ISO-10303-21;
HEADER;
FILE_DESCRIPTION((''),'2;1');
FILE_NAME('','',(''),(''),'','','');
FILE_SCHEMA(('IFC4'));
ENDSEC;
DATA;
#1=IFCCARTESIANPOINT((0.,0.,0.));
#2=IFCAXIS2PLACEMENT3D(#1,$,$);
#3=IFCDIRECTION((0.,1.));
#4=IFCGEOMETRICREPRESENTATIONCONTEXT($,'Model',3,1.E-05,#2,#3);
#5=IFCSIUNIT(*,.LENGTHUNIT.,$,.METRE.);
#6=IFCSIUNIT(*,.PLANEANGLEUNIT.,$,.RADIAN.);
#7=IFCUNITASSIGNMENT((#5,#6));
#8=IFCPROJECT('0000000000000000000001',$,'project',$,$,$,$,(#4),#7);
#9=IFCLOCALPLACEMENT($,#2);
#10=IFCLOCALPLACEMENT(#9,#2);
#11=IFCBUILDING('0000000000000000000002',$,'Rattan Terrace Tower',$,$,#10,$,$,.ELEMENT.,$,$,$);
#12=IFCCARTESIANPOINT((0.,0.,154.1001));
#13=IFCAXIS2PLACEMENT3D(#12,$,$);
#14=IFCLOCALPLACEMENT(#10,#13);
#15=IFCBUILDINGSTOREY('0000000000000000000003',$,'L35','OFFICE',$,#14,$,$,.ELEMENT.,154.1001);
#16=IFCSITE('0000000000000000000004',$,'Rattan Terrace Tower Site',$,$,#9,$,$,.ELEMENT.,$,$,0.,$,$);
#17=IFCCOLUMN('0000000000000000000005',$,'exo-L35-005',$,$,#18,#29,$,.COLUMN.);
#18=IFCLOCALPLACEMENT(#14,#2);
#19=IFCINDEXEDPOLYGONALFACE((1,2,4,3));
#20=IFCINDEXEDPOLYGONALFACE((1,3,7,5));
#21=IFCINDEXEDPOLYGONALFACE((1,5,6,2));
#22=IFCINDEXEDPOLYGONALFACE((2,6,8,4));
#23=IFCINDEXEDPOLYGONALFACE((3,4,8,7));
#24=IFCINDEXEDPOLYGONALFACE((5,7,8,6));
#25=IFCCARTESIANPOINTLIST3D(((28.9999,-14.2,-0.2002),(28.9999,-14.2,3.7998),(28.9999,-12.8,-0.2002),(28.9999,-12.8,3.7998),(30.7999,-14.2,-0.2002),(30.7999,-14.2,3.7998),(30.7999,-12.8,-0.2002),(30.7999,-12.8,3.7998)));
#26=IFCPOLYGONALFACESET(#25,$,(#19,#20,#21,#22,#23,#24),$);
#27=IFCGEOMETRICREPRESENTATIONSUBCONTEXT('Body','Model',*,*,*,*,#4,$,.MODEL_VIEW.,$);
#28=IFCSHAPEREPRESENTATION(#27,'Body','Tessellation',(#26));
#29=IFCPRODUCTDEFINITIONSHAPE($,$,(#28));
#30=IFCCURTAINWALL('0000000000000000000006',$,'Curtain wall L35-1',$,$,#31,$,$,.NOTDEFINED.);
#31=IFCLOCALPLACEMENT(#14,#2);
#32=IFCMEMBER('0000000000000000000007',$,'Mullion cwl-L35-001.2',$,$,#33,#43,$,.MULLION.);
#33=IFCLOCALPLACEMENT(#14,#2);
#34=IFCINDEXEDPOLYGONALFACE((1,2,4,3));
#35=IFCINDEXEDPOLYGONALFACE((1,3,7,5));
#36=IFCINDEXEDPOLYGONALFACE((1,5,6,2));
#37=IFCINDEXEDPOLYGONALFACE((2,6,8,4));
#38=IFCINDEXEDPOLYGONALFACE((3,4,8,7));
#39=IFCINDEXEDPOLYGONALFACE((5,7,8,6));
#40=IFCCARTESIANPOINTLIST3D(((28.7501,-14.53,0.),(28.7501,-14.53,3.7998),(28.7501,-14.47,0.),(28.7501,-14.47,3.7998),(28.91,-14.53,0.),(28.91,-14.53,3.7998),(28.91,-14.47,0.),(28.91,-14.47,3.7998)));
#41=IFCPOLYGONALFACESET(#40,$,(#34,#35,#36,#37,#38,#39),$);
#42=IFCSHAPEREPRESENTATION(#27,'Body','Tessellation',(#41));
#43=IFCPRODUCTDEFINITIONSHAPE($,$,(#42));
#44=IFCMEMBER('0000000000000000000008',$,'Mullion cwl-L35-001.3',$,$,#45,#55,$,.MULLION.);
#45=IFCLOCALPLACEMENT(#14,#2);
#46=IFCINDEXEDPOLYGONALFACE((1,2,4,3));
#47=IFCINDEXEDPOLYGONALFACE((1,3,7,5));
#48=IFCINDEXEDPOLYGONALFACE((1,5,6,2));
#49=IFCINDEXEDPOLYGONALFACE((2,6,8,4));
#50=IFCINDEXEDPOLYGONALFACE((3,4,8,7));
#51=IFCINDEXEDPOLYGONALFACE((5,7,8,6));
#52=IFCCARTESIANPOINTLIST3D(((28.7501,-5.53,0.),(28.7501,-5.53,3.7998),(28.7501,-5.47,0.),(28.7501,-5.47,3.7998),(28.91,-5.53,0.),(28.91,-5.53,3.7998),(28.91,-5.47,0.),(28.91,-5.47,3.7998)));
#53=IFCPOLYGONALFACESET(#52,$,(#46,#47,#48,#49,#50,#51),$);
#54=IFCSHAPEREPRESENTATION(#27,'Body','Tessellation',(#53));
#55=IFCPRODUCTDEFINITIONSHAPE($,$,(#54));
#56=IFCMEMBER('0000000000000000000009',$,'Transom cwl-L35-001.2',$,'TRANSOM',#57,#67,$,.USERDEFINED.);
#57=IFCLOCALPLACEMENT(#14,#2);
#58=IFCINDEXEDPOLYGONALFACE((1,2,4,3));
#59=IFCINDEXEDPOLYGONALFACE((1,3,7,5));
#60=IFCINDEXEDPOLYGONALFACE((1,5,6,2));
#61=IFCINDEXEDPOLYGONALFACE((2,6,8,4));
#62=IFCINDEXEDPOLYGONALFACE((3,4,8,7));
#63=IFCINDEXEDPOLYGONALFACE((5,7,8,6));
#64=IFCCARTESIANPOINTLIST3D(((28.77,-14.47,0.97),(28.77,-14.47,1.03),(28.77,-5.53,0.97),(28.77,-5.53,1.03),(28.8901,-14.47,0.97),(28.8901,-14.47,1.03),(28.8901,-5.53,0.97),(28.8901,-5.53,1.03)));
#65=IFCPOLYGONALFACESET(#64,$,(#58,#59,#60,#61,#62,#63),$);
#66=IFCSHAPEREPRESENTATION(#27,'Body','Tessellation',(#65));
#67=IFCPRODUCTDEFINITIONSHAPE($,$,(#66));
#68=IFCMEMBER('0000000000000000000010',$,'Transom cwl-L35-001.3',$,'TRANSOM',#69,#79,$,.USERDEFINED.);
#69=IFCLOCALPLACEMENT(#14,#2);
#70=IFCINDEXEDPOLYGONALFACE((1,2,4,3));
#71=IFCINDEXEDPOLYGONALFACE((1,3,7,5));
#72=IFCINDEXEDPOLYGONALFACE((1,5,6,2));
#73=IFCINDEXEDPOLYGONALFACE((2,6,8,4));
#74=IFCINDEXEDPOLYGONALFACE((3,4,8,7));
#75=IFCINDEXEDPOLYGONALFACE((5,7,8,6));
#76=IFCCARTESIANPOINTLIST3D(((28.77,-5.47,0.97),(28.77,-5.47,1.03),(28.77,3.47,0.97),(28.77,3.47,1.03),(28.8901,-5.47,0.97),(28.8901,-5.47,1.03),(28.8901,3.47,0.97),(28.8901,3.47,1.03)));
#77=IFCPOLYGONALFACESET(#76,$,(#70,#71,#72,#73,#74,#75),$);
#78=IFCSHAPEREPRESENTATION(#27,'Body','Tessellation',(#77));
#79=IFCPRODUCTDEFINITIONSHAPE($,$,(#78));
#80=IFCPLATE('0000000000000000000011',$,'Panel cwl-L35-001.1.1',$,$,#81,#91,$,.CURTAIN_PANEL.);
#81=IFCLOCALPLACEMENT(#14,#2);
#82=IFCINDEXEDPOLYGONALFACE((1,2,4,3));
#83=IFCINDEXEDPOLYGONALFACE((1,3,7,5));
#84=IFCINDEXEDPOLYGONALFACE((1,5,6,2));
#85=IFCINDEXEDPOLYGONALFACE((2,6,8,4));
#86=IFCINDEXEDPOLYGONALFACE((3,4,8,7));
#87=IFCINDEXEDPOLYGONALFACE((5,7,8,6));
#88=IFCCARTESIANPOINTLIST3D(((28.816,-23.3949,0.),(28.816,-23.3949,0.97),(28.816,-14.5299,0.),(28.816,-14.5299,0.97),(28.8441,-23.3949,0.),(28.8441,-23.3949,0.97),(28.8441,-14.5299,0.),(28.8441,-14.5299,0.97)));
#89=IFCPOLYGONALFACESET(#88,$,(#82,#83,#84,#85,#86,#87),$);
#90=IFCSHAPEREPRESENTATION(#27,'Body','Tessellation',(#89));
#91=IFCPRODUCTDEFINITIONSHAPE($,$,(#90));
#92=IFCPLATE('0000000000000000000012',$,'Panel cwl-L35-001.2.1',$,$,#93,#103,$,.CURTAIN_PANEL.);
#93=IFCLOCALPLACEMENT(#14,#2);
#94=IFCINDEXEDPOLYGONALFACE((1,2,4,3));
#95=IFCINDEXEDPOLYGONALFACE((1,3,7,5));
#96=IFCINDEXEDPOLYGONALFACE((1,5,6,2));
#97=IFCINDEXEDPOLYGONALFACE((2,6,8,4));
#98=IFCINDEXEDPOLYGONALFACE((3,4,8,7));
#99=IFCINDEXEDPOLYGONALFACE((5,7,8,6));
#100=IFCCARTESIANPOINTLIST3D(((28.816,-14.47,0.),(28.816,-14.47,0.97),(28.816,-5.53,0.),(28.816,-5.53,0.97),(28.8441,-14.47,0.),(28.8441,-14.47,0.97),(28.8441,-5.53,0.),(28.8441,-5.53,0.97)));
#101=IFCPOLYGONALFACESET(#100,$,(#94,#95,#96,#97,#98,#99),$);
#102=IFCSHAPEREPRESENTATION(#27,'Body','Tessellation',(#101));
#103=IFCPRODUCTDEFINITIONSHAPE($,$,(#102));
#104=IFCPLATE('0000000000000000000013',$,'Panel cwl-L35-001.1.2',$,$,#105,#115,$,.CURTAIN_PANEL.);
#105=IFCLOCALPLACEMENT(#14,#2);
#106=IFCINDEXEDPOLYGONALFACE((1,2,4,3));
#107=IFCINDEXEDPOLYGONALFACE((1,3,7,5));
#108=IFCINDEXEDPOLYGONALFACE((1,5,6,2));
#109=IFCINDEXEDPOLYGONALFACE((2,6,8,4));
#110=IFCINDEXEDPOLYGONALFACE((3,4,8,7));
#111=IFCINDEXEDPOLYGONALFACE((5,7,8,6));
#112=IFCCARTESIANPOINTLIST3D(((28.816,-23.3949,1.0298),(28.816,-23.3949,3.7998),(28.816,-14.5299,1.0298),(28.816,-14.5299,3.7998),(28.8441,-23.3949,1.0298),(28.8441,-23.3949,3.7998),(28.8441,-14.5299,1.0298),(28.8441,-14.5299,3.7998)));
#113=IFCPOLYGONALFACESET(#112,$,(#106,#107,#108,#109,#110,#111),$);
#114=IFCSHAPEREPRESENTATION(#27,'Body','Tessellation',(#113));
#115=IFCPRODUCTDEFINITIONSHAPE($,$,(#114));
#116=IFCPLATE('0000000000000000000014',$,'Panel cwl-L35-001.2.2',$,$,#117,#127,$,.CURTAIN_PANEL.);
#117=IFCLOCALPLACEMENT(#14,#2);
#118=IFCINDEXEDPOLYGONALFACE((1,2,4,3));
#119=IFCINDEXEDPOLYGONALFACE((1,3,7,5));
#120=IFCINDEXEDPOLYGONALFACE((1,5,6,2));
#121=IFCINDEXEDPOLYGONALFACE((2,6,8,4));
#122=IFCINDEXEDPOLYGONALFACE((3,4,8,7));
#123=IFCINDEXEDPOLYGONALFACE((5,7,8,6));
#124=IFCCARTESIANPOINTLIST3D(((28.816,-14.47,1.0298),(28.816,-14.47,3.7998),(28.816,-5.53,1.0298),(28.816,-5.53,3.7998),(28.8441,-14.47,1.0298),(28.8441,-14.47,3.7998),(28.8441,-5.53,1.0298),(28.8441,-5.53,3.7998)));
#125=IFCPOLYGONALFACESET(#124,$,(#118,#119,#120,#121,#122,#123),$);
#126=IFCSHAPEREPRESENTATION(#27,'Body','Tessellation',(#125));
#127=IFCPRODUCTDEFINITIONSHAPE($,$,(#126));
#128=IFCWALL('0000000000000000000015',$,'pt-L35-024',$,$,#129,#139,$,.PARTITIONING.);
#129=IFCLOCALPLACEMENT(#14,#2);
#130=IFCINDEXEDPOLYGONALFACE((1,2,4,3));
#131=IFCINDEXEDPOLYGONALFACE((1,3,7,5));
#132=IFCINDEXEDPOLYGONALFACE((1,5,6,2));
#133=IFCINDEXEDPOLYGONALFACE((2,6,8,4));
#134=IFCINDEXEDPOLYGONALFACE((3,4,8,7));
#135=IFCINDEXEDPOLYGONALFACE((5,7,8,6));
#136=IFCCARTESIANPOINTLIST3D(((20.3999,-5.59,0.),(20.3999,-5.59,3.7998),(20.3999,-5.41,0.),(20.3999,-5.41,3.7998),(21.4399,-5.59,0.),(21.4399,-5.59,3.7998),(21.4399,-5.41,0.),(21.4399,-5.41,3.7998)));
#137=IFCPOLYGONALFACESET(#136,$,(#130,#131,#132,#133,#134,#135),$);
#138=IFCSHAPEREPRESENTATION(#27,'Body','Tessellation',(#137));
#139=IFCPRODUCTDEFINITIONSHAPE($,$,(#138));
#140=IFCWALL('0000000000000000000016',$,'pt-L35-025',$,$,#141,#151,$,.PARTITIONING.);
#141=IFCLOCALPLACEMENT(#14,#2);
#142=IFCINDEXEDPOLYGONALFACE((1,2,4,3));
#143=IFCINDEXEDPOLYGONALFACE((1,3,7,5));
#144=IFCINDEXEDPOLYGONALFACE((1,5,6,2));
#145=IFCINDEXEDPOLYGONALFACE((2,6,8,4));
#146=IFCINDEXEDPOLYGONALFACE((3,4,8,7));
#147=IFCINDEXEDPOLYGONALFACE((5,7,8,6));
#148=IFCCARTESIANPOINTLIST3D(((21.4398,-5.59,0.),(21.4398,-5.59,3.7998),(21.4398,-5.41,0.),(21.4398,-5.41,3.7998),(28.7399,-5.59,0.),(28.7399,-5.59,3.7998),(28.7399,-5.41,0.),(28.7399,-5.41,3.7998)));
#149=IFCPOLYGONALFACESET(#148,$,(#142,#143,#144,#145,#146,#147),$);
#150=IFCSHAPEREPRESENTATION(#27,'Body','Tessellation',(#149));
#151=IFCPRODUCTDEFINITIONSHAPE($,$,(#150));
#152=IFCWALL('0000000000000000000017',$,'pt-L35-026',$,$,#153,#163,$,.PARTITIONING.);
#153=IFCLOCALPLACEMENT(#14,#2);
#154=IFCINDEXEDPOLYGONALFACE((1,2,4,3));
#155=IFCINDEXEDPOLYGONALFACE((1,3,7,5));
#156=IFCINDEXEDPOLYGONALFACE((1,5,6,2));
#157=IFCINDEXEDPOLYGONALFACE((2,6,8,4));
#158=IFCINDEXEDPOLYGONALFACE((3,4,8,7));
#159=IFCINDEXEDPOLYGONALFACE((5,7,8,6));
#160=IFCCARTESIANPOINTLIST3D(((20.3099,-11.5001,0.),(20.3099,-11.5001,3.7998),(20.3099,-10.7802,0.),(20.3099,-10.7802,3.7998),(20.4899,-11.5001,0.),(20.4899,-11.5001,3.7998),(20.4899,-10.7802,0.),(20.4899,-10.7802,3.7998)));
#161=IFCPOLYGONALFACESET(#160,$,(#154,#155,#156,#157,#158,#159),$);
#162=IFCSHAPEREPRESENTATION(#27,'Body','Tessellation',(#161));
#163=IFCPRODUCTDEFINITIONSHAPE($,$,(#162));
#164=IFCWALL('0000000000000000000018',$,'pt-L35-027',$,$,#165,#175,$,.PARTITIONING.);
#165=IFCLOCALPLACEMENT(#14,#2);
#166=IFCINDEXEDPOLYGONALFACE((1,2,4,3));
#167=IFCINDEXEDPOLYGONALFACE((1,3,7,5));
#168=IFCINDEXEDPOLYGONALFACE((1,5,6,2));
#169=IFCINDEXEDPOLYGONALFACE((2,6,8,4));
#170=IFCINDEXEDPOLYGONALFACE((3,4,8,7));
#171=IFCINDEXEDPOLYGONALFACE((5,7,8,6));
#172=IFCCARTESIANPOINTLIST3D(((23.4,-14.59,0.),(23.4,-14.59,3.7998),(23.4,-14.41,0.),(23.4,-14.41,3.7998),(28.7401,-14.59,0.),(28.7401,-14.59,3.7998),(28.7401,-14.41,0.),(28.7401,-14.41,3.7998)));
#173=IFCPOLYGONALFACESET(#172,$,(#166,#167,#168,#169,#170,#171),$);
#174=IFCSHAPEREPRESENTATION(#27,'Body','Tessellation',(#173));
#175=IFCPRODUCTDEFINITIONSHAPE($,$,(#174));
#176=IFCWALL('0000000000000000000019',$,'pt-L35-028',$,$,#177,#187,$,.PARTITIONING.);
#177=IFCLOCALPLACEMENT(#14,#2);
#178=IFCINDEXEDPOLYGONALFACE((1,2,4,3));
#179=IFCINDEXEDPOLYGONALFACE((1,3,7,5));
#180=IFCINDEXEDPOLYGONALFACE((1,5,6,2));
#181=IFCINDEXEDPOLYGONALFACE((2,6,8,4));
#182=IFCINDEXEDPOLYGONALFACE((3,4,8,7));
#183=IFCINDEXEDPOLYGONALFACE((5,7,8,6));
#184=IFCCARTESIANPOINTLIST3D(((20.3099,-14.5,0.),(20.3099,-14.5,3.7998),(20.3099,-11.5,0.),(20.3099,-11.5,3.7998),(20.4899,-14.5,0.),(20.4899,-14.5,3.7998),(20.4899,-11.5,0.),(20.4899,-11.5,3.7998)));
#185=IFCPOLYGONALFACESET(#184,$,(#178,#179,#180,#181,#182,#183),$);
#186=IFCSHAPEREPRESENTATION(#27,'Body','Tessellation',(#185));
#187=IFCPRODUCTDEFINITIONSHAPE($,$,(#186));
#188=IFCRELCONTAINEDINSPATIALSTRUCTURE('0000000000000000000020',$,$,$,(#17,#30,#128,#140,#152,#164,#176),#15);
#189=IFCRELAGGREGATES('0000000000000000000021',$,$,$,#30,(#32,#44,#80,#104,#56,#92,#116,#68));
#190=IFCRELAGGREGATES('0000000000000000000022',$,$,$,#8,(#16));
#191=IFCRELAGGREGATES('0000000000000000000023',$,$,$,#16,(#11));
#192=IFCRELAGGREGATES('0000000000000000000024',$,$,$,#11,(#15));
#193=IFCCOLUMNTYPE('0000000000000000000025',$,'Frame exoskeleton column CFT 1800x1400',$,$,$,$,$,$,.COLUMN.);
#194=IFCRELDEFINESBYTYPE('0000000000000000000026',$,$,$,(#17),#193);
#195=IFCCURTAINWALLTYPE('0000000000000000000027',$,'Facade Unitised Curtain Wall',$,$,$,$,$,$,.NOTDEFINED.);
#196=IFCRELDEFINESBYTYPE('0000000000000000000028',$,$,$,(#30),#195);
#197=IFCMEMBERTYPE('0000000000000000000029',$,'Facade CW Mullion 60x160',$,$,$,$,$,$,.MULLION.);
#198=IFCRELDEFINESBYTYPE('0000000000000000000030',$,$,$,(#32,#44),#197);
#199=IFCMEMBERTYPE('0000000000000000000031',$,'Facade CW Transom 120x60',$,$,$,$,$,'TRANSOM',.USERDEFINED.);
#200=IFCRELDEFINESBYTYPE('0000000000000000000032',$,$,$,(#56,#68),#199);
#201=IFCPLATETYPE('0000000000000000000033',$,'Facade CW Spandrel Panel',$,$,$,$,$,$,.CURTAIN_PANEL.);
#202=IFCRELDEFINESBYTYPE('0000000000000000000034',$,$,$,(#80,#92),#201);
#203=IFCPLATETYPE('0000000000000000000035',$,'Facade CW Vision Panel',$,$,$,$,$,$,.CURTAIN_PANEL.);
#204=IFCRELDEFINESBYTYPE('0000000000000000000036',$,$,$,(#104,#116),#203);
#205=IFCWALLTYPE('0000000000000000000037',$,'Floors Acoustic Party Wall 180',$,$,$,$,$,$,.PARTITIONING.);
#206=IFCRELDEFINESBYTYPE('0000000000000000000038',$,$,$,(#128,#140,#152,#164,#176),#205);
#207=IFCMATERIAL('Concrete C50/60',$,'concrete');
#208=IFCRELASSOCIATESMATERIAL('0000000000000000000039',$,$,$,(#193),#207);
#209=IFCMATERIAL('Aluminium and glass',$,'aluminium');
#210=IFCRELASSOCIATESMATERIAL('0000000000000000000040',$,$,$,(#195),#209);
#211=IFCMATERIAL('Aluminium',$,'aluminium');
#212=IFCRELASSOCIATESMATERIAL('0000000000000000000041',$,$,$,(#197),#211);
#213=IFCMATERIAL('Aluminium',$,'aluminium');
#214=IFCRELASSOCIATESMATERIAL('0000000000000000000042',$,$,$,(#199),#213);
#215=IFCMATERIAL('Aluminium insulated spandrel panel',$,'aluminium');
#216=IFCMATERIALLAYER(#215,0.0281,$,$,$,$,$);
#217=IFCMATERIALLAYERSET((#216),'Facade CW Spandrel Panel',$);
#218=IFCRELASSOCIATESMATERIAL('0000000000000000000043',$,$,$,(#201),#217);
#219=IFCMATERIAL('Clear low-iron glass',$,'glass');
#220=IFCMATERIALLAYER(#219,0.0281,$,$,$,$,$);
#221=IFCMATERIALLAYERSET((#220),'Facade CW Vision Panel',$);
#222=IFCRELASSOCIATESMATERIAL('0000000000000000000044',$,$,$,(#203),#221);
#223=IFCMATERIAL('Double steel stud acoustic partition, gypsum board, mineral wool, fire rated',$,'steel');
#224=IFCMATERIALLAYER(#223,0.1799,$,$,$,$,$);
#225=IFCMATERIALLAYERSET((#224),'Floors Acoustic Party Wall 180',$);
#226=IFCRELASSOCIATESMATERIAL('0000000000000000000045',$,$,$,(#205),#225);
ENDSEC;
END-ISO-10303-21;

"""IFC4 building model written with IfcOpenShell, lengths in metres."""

from ifc_helpers import new_model, si_unit, direction, frame, frame_2d, origin, origin_2d, place, context, subcontext, project, spatial, rectangle, extrude, material, layer, layer_set, material_profile, profile_set, type_object, element, aggregate, save


model = new_model("IFC4")

# Units and contexts
model_context = context("Model", 3, precision=1e-05, world=origin(), true_north=direction((0.0, 1.0)))
body_context = subcontext(model_context, "Body", "Model", "MODEL_VIEW")
ifc_project = project(units=[si_unit("LENGTHUNIT", "METRE"), si_unit("PLANEANGLEUNIT", "RADIAN")], contexts=[model_context])

# Site, building, storey
site_placement = place(None, origin())
site = spatial("IfcSite", under=ifc_project, at=site_placement, Name="Rattan Terrace Tower Site", CompositionType="ELEMENT", RefElevation=0.0)
building_placement = place(site_placement, origin())
building = spatial("IfcBuilding", under=site, at=building_placement, Name="Rattan Terrace Tower", CompositionType="ELEMENT")
storey_placement = place(building_placement, frame((0.0, 0.0, 154.1001)))
storey = spatial("IfcBuildingStorey", under=building, at=storey_placement, Name="L35", Description="OFFICE", CompositionType="ELEMENT", Elevation=154.1001)

# Column
ifc_material_1 = material(Name="Concrete C50/60", Category="concrete")
ifc_material_profile_1 = material_profile(ifc_material_1, rectangle(XDim=1.3999, YDim=1.8, at=origin_2d()), Name="CFT 1800x1400")
ifc_profile_set_1 = profile_set([ifc_material_profile_1], Name="Concrete C50/60")
column_type = type_object("IfcColumnType", Name="Frame exoskeleton column CFT 1800x1400", PredefinedType="COLUMN", material=ifc_profile_set_1)
column_placement = place(storey_placement, frame((29.8999, -13.5, -0.2002), z_axis=(0.0, 0.0, 1.0), x_axis=(0.0, 1.0, 0.0)))
element("IfcColumn", 1, at=column_placement, inside=storey, type_object=column_type, Name="exo-L35-005", PredefinedType="COLUMN", context=body_context, shape_type="SweptSolid", body=[
    extrude(rectangle(XDim=1.3999, YDim=1.8, at=origin_2d()), origin(), (0.0, 0.0, 1.0), 4.0),
])

# Curtain wall, members, plates
ifc_material_2 = material(Name="Aluminium and glass", Category="aluminium")
curtain_wall_type = type_object("IfcCurtainWallType", Name="Facade Unitised Curtain Wall", PredefinedType="NOTDEFINED", material=ifc_material_2)
curtain_wall_placement = place(storey_placement, origin())
curtain_wall = element("IfcCurtainWall", 2, at=curtain_wall_placement, inside=storey, type_object=curtain_wall_type, Name="Curtain wall L35-1", PredefinedType="NOTDEFINED")
ifc_material_3 = material(Name="Aluminium", Category="aluminium")
ifc_material_profile_2 = material_profile(ifc_material_3, rectangle(XDim=0.0601, YDim=0.1599, at=origin_2d()), Name="Aluminium 60x160")
ifc_profile_set_2 = profile_set([ifc_material_profile_2], Name="Aluminium")
member_type_1 = type_object("IfcMemberType", Name="Facade CW Mullion 60x160", PredefinedType="MULLION", material=ifc_profile_set_2)
member_1_placement = place(storey_placement, frame((28.8301, -14.5, 0.0), z_axis=(0.0, 0.0, 1.0), x_axis=(0.0, 1.0, 0.0)))
member_1 = element("IfcMember", 3, at=member_1_placement, type_object=member_type_1, Name="Mullion cwl-L35-001.2", PredefinedType="MULLION", context=body_context, shape_type="SweptSolid", body=[
    extrude(rectangle(XDim=0.0601, YDim=0.1599, at=origin_2d()), origin(), (0.0, 0.0, 1.0), 3.7998),
])
member_2_placement = place(storey_placement, frame((28.8301, -5.5, 0.0), z_axis=(0.0, 0.0, 1.0), x_axis=(0.0, 1.0, 0.0)))
member_2 = element("IfcMember", 4, at=member_2_placement, type_object=member_type_1, Name="Mullion cwl-L35-001.3", PredefinedType="MULLION", context=body_context, shape_type="SweptSolid", body=[
    extrude(rectangle(XDim=0.0601, YDim=0.1599, at=origin_2d()), origin(), (0.0, 0.0, 1.0), 3.7998),
])
ifc_material_4 = material(Name="Aluminium", Category="aluminium")
ifc_material_profile_3 = material_profile(ifc_material_4, rectangle(XDim=0.1201, YDim=0.0601, at=origin_2d()), Name="Aluminium 120x60")
ifc_profile_set_3 = profile_set([ifc_material_profile_3], Name="Aluminium")
member_type_2 = type_object("IfcMemberType", Name="Facade CW Transom 120x60", ElementType="TRANSOM", PredefinedType="USERDEFINED", material=ifc_profile_set_3)
member_3_placement = place(storey_placement, frame((28.8301, -14.47, 1.0), z_axis=(0.0, 1.0, 0.0), x_axis=(-1.0, 0.0, 0.0)))
member_3 = element("IfcMember", 5, at=member_3_placement, type_object=member_type_2, Name="Transom cwl-L35-001.2", ObjectType="TRANSOM", PredefinedType="USERDEFINED", context=body_context, shape_type="SweptSolid", body=[
    extrude(rectangle(XDim=0.1201, YDim=0.0601, at=origin_2d()), origin(), (0.0, 0.0, 1.0), 8.9399),
])
member_4_placement = place(storey_placement, frame((28.8301, -5.47, 1.0), z_axis=(0.0, 1.0, 0.0), x_axis=(-1.0, 0.0, 0.0)))
member_4 = element("IfcMember", 6, at=member_4_placement, type_object=member_type_2, Name="Transom cwl-L35-001.3", ObjectType="TRANSOM", PredefinedType="USERDEFINED", context=body_context, shape_type="SweptSolid", body=[
    extrude(rectangle(XDim=0.1201, YDim=0.0601, at=origin_2d()), origin(), (0.0, 0.0, 1.0), 8.9399),
])
ifc_material_5 = material(Name="Aluminium insulated spandrel panel", Category="aluminium")
ifc_layer_1 = layer(ifc_material_5, 0.0281)
ifc_layer_set_1 = layer_set([ifc_layer_1], Name="Facade CW Spandrel Panel")
plate_type_1 = type_object("IfcPlateType", Name="Facade CW Spandrel Panel", PredefinedType="CURTAIN_PANEL", material=ifc_layer_set_1)
plate_1_placement = place(storey_placement, frame((28.8301, -18.9624, 0.0), z_axis=(0.0, 0.0, 1.0), x_axis=(0.0, 1.0, 0.0)))
plate_1 = element("IfcPlate", 7, at=plate_1_placement, type_object=plate_type_1, Name="Panel cwl-L35-001.1.1", PredefinedType="CURTAIN_PANEL", context=body_context, shape_type="SweptSolid", body=[
    extrude(rectangle(XDim=8.865, YDim=0.0281, at=origin_2d()), origin(), (0.0, 0.0, 1.0), 0.97),
])
plate_2_placement = place(storey_placement, frame((28.8301, -10.0, 0.0), z_axis=(0.0, 0.0, 1.0), x_axis=(0.0, 1.0, 0.0)))
plate_2 = element("IfcPlate", 8, at=plate_2_placement, type_object=plate_type_1, Name="Panel cwl-L35-001.2.1", PredefinedType="CURTAIN_PANEL", context=body_context, shape_type="SweptSolid", body=[
    extrude(rectangle(XDim=8.9399, YDim=0.0281, at=origin_2d()), origin(), (0.0, 0.0, 1.0), 0.97),
])
ifc_material_6 = material(Name="Clear low-iron glass", Category="glass")
ifc_layer_2 = layer(ifc_material_6, 0.0281)
ifc_layer_set_2 = layer_set([ifc_layer_2], Name="Facade CW Vision Panel")
plate_type_2 = type_object("IfcPlateType", Name="Facade CW Vision Panel", PredefinedType="CURTAIN_PANEL", material=ifc_layer_set_2)
plate_3_placement = place(storey_placement, frame((28.8301, -18.9624, 1.0298), z_axis=(0.0, 0.0, 1.0), x_axis=(0.0, 1.0, 0.0)))
plate_3 = element("IfcPlate", 9, at=plate_3_placement, type_object=plate_type_2, Name="Panel cwl-L35-001.1.2", PredefinedType="CURTAIN_PANEL", context=body_context, shape_type="SweptSolid", body=[
    extrude(rectangle(XDim=8.865, YDim=0.0281, at=origin_2d()), origin(), (0.0, 0.0, 1.0), 2.77),
])
plate_4_placement = place(storey_placement, frame((28.8301, -10.0, 1.0298), z_axis=(0.0, 0.0, 1.0), x_axis=(0.0, 1.0, 0.0)))
plate_4 = element("IfcPlate", 10, at=plate_4_placement, type_object=plate_type_2, Name="Panel cwl-L35-001.2.2", PredefinedType="CURTAIN_PANEL", context=body_context, shape_type="SweptSolid", body=[
    extrude(rectangle(XDim=8.9399, YDim=0.0281, at=origin_2d()), origin(), (0.0, 0.0, 1.0), 2.77),
])
aggregate(curtain_wall, [member_1, member_2, plate_1, plate_3, member_3, plate_2, plate_4, member_4])

# Walls
ifc_material_7 = material(Name="Double steel stud acoustic partition, gypsum board, mineral wool, fire rated", Category="steel")
ifc_layer_3 = layer(ifc_material_7, 0.1799)
ifc_layer_set_3 = layer_set([ifc_layer_3], Name="Floors Acoustic Party Wall 180")
wall_type_1 = type_object("IfcWallType", Name="Floors Acoustic Party Wall 180", PredefinedType="PARTITIONING", material=ifc_layer_set_3)
wall_1_placement = place(storey_placement, frame((20.3999, -5.5, 0.0), z_axis=(0.0, 0.0, 1.0), x_axis=(1.0, 0.0, 0.0)))
element("IfcWall", 11, at=wall_1_placement, inside=storey, type_object=wall_type_1, Name="pt-L35-024", PredefinedType="PARTITIONING", context=body_context, shape_type="SweptSolid", body=[
    extrude(rectangle(XDim=1.04, YDim=0.1799, at=frame_2d((0.52, 0.0))), origin(), (0.0, 0.0, 1.0), 3.7998),
])
wall_2_placement = place(storey_placement, frame((21.4399, -5.5, 0.0), z_axis=(0.0, 0.0, 1.0), x_axis=(1.0, 0.0, 0.0)))
element("IfcWall", 12, at=wall_2_placement, inside=storey, type_object=wall_type_1, Name="pt-L35-025", PredefinedType="PARTITIONING", context=body_context, shape_type="SweptSolid", body=[
    extrude(rectangle(XDim=7.3, YDim=0.1799, at=frame_2d((3.6499, 0.0))), origin(), (0.0, 0.0, 1.0), 3.7998),
])
wall_3_placement = place(storey_placement, frame((20.3999, -11.5, 0.0), z_axis=(0.0, 0.0, 1.0), x_axis=(0.0, 1.0, 0.0)))
element("IfcWall", 13, at=wall_3_placement, inside=storey, type_object=wall_type_1, Name="pt-L35-026", PredefinedType="PARTITIONING", context=body_context, shape_type="SweptSolid", body=[
    extrude(rectangle(XDim=0.72, YDim=0.1799, at=frame_2d((0.3599, 0.0))), origin(), (0.0, 0.0, 1.0), 3.7998),
])
wall_4_placement = place(storey_placement, frame((28.74, -14.5, 0.0), z_axis=(0.0, 0.0, 1.0), x_axis=(-1.0, 0.0, 0.0)))
element("IfcWall", 14, at=wall_4_placement, inside=storey, type_object=wall_type_1, Name="pt-L35-027", PredefinedType="PARTITIONING", context=body_context, shape_type="SweptSolid", body=[
    extrude(rectangle(XDim=5.3401, YDim=0.1799, at=frame_2d((2.6699, 0.0))), origin(), (0.0, 0.0, 1.0), 3.7998),
])
wall_5_placement = place(storey_placement, frame((20.3999, -14.5, 0.0), z_axis=(0.0, 0.0, 1.0), x_axis=(0.0, 1.0, 0.0)))
element("IfcWall", 15, at=wall_5_placement, inside=storey, type_object=wall_type_1, Name="pt-L35-028", PredefinedType="PARTITIONING", context=body_context, shape_type="SweptSolid", body=[
    extrude(rectangle(XDim=3.0, YDim=0.1799, at=frame_2d((1.5, 0.0))), origin(), (0.0, 0.0, 1.0), 3.7998),
])

save(model, "model.ifc")
